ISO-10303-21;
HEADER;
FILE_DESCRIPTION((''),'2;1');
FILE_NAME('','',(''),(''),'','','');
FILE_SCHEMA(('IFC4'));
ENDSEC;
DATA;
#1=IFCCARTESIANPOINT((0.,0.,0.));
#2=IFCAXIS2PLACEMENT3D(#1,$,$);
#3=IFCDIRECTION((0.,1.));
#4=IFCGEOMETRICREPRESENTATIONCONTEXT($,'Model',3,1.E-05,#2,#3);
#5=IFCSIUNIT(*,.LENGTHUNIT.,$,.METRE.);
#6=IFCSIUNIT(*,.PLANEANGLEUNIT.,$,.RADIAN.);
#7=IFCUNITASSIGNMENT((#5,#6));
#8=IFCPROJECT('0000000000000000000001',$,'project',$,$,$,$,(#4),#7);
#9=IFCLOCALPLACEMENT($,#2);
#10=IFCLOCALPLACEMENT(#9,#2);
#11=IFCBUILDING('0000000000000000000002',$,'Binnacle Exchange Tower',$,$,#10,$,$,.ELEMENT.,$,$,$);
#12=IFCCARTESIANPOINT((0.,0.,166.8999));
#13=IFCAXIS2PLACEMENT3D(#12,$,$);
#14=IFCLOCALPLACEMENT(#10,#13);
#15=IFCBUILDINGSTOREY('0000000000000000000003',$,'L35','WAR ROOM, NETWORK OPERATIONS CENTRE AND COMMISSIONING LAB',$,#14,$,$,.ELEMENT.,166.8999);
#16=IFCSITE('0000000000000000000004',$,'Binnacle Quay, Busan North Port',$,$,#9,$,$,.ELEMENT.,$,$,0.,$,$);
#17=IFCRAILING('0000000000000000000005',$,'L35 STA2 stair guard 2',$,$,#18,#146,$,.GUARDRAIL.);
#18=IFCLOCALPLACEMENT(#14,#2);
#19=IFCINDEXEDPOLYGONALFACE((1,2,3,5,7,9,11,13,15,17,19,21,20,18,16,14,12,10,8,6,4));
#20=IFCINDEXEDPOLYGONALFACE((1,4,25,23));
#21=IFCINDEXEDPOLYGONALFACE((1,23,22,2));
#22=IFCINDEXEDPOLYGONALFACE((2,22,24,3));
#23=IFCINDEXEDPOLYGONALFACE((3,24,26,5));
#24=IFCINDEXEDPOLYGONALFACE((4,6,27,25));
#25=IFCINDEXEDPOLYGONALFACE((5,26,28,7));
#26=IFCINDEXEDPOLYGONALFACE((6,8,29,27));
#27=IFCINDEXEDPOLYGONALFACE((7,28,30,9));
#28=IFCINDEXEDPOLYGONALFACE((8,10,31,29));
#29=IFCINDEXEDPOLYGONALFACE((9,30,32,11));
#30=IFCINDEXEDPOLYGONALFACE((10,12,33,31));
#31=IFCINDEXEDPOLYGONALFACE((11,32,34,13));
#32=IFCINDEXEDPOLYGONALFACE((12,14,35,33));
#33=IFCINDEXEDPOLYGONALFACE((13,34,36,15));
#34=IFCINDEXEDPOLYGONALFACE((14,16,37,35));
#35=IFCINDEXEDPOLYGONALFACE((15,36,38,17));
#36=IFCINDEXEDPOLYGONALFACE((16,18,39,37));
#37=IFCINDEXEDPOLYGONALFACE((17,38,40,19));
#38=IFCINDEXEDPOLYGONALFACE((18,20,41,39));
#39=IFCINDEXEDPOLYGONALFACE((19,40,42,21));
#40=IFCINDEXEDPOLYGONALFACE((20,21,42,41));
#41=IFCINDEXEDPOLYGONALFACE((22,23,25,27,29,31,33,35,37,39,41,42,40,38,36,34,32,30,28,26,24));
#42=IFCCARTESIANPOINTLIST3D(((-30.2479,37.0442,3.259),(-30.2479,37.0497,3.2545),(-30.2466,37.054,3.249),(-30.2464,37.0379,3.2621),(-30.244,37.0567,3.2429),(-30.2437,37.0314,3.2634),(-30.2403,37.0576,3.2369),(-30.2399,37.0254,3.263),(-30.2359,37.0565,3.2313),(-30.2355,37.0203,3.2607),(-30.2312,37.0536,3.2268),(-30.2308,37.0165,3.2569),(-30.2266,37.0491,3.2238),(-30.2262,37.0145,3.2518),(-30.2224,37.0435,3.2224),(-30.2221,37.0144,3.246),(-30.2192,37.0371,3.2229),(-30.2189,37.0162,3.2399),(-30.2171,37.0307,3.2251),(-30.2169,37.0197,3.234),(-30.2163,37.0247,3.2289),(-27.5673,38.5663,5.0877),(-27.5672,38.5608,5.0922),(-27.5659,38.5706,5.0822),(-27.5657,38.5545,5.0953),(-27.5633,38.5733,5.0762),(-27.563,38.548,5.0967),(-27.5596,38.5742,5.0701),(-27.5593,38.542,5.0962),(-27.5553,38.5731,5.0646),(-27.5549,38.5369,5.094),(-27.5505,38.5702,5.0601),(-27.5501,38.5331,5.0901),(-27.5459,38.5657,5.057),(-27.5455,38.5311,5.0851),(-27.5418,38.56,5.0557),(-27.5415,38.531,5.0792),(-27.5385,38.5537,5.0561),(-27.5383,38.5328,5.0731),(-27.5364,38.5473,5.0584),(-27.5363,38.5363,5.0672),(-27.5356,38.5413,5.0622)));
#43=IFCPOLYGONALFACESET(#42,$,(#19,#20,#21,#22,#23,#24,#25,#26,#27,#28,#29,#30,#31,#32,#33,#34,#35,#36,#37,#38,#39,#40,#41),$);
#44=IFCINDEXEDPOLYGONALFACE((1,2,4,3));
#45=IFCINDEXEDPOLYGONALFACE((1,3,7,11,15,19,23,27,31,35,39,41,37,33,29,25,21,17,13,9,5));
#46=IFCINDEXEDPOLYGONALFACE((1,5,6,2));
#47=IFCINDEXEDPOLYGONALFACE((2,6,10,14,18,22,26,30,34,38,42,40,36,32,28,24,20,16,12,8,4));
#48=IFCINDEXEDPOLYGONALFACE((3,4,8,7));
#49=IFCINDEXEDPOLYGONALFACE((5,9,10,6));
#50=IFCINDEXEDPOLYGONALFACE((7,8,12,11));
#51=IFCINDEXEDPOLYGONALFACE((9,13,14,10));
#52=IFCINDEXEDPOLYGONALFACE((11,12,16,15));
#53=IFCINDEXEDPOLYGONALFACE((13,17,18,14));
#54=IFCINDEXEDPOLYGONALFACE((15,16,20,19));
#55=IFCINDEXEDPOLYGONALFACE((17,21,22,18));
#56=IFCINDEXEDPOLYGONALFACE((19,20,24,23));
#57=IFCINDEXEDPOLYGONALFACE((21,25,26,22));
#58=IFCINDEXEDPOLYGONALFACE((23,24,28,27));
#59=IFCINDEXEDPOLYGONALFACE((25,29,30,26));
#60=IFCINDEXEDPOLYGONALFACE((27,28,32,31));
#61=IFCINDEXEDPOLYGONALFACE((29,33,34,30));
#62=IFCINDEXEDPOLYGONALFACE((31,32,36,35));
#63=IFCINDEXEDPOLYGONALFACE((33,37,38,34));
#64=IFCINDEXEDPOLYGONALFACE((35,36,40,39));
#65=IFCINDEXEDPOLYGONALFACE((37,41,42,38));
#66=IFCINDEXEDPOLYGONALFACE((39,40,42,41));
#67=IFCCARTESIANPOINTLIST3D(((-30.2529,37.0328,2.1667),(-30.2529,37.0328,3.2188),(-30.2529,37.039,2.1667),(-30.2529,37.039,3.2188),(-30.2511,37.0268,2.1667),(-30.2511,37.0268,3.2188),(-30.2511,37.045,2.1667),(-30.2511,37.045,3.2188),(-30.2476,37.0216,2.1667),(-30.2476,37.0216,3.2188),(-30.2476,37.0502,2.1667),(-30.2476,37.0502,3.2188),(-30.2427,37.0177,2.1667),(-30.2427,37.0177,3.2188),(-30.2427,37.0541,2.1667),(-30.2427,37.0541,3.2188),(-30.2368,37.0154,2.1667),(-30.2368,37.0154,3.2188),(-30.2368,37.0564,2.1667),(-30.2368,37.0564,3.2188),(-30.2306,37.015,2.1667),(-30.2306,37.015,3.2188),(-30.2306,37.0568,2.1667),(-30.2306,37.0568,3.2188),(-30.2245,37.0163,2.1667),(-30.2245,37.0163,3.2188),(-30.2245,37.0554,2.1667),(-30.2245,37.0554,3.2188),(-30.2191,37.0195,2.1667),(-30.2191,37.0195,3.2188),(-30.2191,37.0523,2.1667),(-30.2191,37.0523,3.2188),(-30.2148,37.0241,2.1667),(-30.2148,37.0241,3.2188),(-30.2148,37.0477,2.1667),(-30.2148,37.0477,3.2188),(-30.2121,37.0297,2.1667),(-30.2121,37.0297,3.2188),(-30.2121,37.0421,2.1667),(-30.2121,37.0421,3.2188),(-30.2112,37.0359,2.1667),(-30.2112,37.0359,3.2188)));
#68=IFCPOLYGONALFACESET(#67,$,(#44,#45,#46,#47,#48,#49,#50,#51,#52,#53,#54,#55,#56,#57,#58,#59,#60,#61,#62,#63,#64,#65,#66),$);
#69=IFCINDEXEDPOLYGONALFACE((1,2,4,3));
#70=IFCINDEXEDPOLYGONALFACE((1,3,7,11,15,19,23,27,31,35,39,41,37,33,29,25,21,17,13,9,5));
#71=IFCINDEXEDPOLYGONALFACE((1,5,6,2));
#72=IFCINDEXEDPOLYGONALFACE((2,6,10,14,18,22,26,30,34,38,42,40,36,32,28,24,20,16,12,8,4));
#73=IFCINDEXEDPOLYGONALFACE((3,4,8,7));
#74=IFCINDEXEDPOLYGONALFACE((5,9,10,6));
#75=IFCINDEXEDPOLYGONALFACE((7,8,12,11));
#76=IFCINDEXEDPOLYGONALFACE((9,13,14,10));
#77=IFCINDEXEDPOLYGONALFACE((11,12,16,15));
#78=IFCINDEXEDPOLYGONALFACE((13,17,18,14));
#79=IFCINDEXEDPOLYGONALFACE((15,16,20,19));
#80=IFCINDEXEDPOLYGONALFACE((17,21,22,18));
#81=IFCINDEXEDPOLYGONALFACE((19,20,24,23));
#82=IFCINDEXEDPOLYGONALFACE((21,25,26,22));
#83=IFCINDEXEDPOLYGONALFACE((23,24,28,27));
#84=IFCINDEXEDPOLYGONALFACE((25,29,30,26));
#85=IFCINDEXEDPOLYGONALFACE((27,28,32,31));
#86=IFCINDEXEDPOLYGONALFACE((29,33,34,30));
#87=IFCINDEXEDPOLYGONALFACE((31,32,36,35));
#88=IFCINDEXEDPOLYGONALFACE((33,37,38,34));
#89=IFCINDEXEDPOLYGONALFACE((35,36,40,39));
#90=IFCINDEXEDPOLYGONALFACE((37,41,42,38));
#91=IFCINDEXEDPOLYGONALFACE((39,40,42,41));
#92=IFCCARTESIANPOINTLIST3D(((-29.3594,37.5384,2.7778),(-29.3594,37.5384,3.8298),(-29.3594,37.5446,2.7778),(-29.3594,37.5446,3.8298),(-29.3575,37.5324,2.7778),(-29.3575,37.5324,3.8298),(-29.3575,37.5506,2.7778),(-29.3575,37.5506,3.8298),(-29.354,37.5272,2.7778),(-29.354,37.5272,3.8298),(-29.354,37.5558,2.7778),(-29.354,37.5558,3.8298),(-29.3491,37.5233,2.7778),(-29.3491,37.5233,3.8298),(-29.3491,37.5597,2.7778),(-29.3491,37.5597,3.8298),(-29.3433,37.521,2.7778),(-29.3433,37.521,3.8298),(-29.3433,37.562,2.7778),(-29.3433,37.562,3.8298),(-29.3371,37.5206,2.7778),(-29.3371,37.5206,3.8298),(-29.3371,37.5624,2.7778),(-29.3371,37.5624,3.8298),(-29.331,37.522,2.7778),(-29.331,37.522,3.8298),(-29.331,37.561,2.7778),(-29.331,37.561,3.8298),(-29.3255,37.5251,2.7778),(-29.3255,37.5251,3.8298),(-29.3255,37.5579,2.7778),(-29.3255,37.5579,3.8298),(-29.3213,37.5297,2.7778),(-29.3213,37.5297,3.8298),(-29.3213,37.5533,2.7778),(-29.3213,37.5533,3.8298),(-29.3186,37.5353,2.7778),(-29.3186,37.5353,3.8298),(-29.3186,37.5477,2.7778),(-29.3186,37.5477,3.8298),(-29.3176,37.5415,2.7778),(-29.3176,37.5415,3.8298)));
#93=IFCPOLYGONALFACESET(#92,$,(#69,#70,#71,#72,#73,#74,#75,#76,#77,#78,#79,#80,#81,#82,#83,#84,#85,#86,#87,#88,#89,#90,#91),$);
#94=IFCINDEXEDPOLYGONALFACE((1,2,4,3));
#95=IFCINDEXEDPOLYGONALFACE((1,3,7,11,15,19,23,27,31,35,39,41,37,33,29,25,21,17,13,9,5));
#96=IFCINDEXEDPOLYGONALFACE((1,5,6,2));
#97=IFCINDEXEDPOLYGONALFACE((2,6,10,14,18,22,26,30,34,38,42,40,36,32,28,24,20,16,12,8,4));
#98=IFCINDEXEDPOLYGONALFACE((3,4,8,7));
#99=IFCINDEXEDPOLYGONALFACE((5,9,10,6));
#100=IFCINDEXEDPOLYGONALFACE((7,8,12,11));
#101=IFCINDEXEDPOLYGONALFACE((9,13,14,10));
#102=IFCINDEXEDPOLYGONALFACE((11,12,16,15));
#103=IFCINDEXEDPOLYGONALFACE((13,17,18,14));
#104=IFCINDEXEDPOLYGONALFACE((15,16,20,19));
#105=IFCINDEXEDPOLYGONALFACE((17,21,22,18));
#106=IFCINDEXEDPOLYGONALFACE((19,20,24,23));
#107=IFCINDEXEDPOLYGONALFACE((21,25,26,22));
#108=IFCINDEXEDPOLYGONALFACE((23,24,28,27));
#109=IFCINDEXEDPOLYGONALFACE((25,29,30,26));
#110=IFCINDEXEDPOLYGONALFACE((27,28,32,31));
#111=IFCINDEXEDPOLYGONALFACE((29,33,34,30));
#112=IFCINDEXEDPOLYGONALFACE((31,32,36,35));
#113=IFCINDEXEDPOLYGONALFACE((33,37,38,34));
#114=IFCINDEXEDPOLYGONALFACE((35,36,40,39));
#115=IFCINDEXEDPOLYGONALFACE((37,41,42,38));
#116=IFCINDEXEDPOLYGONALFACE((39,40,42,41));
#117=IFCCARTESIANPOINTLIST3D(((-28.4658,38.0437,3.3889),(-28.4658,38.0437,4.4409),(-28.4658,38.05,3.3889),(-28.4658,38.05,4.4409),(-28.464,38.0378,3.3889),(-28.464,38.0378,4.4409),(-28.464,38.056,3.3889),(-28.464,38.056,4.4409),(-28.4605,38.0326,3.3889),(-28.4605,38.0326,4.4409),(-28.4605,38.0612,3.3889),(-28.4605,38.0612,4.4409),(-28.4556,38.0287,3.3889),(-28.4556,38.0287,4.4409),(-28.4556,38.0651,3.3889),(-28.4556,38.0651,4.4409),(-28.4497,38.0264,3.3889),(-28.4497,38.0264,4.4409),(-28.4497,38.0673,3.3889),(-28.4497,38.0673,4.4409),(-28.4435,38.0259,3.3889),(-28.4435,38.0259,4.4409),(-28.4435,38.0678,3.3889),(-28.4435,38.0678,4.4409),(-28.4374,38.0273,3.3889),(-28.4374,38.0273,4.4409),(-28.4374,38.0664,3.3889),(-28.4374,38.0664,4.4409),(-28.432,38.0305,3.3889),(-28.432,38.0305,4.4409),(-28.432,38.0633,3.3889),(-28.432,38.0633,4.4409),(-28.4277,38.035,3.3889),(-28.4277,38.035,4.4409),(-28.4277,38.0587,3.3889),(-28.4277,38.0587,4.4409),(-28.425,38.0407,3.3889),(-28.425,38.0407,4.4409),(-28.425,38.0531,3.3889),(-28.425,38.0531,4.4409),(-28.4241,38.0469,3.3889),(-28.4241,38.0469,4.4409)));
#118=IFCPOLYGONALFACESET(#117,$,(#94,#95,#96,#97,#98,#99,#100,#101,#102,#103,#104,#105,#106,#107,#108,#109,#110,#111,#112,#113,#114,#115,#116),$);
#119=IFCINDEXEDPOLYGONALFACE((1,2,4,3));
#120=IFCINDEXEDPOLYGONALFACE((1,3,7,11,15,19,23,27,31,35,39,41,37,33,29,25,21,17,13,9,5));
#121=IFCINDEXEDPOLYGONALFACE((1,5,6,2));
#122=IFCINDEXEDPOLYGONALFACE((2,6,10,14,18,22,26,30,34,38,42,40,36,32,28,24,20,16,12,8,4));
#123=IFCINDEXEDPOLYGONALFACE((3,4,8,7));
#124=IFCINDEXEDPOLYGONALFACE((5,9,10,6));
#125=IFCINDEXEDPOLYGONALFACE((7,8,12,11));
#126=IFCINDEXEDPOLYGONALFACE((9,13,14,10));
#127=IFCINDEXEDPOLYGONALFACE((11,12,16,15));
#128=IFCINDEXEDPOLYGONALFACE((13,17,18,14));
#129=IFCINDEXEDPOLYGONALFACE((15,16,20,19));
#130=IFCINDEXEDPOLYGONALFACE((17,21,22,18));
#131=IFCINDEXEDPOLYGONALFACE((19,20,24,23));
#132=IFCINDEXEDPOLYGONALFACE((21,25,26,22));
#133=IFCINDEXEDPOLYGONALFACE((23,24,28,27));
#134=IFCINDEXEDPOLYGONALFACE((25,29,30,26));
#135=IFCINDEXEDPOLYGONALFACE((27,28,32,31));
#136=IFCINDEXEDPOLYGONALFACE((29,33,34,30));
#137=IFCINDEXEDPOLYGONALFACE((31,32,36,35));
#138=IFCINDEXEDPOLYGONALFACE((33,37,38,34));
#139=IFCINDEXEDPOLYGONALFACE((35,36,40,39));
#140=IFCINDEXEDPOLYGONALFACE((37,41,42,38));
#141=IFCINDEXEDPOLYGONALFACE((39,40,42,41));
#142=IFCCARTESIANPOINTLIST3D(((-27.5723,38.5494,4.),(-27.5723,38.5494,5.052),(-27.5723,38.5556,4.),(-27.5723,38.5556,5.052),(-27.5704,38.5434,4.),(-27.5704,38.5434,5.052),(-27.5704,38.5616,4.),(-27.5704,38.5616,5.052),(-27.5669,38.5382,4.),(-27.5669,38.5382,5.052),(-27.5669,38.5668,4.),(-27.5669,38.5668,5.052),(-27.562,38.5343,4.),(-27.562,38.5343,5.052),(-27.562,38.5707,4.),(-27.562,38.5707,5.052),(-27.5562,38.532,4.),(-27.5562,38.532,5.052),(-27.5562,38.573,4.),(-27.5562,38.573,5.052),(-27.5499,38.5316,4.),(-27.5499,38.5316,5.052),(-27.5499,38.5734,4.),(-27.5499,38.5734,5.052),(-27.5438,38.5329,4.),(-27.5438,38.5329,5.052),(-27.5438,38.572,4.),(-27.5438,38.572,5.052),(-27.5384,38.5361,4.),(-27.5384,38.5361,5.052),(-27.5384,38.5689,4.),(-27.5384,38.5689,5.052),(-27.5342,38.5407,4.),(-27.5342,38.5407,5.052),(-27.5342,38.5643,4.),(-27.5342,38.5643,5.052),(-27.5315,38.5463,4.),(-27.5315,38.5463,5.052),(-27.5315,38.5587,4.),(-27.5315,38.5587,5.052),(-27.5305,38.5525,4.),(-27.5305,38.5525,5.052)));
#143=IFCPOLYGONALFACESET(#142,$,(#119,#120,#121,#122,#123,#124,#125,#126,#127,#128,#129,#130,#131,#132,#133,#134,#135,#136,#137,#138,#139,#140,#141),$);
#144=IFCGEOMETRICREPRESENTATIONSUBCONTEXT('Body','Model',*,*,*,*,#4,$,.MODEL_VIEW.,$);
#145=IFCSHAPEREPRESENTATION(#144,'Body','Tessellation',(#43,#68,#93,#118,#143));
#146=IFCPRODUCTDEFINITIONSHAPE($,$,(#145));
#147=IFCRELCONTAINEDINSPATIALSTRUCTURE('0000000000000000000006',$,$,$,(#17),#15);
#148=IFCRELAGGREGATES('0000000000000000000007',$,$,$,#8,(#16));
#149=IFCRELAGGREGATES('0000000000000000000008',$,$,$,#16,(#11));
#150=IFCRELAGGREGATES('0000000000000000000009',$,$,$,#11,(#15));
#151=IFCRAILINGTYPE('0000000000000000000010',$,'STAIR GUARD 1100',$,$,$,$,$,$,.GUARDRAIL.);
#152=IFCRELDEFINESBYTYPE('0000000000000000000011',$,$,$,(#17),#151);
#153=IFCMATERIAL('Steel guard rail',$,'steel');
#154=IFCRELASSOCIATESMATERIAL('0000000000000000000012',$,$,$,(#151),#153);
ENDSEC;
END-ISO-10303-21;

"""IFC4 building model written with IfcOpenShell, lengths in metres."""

from ifc_helpers import new_model, si_unit, direction, frame, origin, origin_2d, place, context, subcontext, project, spatial, circle, extrude, material, type_object, element, save


model = new_model("IFC4")

# Units and contexts
model_context = context("Model", 3, precision=1e-05, world=origin(), true_north=direction((0.0, 1.0)))
body_context = subcontext(model_context, "Body", "Model", "MODEL_VIEW")
ifc_project = project(units=[si_unit("LENGTHUNIT", "METRE"), si_unit("PLANEANGLEUNIT", "RADIAN")], contexts=[model_context])

# Site, building, storey
site_placement = place(None, origin())
site = spatial("IfcSite", under=ifc_project, at=site_placement, Name="Binnacle Quay, Busan North Port", CompositionType="ELEMENT", RefElevation=0.0)
building_placement = place(site_placement, origin())
building = spatial("IfcBuilding", under=site, at=building_placement, Name="Binnacle Exchange Tower", CompositionType="ELEMENT")
storey_placement = place(building_placement, frame((0.0, 0.0, 166.8999)))
storey = spatial("IfcBuildingStorey", under=building, at=storey_placement, Name="L35", Description="WAR ROOM, NETWORK OPERATIONS CENTRE AND COMMISSIONING LAB", CompositionType="ELEMENT", Elevation=166.8999)

# Railing
ifc_material_1 = material(Name="Steel guard rail", Category="steel")
railing_type_1 = type_object("IfcRailingType", Name="STAIR GUARD 1100", PredefinedType="GUARDRAIL", material=ifc_material_1)
railing_1_placement = place(storey_placement, frame((-30.2322, 37.0359, 2.1667)))
element("IfcRailing", 1, at=railing_1_placement, inside=storey, type_object=railing_type_1, Name="L35 STA2 stair guard 2", PredefinedType="GUARDRAIL", context=body_context, shape_type="SweptSolid", body=[
    extrude(circle(Radius=0.0239, at=origin_2d()), frame((0.0, 0.0, 1.0762), z_axis=(0.747901, 0.423129, 0.511474), x_axis=(-0.492412, 0.870362, 0.0)), (0.0, 0.0, 1.0), 3.5842),
    extrude(circle(Radius=0.021, at=origin_2d()), origin(), (0.0, 0.0, 1.0), 1.052),
    extrude(circle(Radius=0.021, at=origin_2d()), frame((0.8936, 0.5056, 0.6111)), (0.0, 0.0, 1.0), 1.052),
    extrude(circle(Radius=0.021, at=origin_2d()), frame((1.7871, 1.011, 1.2222)), (0.0, 0.0, 1.0), 1.052),
    extrude(circle(Radius=0.021, at=origin_2d()), frame((2.6807, 1.5166, 1.8333)), (0.0, 0.0, 1.0), 1.052),
])

save(model, "model.ifc")
